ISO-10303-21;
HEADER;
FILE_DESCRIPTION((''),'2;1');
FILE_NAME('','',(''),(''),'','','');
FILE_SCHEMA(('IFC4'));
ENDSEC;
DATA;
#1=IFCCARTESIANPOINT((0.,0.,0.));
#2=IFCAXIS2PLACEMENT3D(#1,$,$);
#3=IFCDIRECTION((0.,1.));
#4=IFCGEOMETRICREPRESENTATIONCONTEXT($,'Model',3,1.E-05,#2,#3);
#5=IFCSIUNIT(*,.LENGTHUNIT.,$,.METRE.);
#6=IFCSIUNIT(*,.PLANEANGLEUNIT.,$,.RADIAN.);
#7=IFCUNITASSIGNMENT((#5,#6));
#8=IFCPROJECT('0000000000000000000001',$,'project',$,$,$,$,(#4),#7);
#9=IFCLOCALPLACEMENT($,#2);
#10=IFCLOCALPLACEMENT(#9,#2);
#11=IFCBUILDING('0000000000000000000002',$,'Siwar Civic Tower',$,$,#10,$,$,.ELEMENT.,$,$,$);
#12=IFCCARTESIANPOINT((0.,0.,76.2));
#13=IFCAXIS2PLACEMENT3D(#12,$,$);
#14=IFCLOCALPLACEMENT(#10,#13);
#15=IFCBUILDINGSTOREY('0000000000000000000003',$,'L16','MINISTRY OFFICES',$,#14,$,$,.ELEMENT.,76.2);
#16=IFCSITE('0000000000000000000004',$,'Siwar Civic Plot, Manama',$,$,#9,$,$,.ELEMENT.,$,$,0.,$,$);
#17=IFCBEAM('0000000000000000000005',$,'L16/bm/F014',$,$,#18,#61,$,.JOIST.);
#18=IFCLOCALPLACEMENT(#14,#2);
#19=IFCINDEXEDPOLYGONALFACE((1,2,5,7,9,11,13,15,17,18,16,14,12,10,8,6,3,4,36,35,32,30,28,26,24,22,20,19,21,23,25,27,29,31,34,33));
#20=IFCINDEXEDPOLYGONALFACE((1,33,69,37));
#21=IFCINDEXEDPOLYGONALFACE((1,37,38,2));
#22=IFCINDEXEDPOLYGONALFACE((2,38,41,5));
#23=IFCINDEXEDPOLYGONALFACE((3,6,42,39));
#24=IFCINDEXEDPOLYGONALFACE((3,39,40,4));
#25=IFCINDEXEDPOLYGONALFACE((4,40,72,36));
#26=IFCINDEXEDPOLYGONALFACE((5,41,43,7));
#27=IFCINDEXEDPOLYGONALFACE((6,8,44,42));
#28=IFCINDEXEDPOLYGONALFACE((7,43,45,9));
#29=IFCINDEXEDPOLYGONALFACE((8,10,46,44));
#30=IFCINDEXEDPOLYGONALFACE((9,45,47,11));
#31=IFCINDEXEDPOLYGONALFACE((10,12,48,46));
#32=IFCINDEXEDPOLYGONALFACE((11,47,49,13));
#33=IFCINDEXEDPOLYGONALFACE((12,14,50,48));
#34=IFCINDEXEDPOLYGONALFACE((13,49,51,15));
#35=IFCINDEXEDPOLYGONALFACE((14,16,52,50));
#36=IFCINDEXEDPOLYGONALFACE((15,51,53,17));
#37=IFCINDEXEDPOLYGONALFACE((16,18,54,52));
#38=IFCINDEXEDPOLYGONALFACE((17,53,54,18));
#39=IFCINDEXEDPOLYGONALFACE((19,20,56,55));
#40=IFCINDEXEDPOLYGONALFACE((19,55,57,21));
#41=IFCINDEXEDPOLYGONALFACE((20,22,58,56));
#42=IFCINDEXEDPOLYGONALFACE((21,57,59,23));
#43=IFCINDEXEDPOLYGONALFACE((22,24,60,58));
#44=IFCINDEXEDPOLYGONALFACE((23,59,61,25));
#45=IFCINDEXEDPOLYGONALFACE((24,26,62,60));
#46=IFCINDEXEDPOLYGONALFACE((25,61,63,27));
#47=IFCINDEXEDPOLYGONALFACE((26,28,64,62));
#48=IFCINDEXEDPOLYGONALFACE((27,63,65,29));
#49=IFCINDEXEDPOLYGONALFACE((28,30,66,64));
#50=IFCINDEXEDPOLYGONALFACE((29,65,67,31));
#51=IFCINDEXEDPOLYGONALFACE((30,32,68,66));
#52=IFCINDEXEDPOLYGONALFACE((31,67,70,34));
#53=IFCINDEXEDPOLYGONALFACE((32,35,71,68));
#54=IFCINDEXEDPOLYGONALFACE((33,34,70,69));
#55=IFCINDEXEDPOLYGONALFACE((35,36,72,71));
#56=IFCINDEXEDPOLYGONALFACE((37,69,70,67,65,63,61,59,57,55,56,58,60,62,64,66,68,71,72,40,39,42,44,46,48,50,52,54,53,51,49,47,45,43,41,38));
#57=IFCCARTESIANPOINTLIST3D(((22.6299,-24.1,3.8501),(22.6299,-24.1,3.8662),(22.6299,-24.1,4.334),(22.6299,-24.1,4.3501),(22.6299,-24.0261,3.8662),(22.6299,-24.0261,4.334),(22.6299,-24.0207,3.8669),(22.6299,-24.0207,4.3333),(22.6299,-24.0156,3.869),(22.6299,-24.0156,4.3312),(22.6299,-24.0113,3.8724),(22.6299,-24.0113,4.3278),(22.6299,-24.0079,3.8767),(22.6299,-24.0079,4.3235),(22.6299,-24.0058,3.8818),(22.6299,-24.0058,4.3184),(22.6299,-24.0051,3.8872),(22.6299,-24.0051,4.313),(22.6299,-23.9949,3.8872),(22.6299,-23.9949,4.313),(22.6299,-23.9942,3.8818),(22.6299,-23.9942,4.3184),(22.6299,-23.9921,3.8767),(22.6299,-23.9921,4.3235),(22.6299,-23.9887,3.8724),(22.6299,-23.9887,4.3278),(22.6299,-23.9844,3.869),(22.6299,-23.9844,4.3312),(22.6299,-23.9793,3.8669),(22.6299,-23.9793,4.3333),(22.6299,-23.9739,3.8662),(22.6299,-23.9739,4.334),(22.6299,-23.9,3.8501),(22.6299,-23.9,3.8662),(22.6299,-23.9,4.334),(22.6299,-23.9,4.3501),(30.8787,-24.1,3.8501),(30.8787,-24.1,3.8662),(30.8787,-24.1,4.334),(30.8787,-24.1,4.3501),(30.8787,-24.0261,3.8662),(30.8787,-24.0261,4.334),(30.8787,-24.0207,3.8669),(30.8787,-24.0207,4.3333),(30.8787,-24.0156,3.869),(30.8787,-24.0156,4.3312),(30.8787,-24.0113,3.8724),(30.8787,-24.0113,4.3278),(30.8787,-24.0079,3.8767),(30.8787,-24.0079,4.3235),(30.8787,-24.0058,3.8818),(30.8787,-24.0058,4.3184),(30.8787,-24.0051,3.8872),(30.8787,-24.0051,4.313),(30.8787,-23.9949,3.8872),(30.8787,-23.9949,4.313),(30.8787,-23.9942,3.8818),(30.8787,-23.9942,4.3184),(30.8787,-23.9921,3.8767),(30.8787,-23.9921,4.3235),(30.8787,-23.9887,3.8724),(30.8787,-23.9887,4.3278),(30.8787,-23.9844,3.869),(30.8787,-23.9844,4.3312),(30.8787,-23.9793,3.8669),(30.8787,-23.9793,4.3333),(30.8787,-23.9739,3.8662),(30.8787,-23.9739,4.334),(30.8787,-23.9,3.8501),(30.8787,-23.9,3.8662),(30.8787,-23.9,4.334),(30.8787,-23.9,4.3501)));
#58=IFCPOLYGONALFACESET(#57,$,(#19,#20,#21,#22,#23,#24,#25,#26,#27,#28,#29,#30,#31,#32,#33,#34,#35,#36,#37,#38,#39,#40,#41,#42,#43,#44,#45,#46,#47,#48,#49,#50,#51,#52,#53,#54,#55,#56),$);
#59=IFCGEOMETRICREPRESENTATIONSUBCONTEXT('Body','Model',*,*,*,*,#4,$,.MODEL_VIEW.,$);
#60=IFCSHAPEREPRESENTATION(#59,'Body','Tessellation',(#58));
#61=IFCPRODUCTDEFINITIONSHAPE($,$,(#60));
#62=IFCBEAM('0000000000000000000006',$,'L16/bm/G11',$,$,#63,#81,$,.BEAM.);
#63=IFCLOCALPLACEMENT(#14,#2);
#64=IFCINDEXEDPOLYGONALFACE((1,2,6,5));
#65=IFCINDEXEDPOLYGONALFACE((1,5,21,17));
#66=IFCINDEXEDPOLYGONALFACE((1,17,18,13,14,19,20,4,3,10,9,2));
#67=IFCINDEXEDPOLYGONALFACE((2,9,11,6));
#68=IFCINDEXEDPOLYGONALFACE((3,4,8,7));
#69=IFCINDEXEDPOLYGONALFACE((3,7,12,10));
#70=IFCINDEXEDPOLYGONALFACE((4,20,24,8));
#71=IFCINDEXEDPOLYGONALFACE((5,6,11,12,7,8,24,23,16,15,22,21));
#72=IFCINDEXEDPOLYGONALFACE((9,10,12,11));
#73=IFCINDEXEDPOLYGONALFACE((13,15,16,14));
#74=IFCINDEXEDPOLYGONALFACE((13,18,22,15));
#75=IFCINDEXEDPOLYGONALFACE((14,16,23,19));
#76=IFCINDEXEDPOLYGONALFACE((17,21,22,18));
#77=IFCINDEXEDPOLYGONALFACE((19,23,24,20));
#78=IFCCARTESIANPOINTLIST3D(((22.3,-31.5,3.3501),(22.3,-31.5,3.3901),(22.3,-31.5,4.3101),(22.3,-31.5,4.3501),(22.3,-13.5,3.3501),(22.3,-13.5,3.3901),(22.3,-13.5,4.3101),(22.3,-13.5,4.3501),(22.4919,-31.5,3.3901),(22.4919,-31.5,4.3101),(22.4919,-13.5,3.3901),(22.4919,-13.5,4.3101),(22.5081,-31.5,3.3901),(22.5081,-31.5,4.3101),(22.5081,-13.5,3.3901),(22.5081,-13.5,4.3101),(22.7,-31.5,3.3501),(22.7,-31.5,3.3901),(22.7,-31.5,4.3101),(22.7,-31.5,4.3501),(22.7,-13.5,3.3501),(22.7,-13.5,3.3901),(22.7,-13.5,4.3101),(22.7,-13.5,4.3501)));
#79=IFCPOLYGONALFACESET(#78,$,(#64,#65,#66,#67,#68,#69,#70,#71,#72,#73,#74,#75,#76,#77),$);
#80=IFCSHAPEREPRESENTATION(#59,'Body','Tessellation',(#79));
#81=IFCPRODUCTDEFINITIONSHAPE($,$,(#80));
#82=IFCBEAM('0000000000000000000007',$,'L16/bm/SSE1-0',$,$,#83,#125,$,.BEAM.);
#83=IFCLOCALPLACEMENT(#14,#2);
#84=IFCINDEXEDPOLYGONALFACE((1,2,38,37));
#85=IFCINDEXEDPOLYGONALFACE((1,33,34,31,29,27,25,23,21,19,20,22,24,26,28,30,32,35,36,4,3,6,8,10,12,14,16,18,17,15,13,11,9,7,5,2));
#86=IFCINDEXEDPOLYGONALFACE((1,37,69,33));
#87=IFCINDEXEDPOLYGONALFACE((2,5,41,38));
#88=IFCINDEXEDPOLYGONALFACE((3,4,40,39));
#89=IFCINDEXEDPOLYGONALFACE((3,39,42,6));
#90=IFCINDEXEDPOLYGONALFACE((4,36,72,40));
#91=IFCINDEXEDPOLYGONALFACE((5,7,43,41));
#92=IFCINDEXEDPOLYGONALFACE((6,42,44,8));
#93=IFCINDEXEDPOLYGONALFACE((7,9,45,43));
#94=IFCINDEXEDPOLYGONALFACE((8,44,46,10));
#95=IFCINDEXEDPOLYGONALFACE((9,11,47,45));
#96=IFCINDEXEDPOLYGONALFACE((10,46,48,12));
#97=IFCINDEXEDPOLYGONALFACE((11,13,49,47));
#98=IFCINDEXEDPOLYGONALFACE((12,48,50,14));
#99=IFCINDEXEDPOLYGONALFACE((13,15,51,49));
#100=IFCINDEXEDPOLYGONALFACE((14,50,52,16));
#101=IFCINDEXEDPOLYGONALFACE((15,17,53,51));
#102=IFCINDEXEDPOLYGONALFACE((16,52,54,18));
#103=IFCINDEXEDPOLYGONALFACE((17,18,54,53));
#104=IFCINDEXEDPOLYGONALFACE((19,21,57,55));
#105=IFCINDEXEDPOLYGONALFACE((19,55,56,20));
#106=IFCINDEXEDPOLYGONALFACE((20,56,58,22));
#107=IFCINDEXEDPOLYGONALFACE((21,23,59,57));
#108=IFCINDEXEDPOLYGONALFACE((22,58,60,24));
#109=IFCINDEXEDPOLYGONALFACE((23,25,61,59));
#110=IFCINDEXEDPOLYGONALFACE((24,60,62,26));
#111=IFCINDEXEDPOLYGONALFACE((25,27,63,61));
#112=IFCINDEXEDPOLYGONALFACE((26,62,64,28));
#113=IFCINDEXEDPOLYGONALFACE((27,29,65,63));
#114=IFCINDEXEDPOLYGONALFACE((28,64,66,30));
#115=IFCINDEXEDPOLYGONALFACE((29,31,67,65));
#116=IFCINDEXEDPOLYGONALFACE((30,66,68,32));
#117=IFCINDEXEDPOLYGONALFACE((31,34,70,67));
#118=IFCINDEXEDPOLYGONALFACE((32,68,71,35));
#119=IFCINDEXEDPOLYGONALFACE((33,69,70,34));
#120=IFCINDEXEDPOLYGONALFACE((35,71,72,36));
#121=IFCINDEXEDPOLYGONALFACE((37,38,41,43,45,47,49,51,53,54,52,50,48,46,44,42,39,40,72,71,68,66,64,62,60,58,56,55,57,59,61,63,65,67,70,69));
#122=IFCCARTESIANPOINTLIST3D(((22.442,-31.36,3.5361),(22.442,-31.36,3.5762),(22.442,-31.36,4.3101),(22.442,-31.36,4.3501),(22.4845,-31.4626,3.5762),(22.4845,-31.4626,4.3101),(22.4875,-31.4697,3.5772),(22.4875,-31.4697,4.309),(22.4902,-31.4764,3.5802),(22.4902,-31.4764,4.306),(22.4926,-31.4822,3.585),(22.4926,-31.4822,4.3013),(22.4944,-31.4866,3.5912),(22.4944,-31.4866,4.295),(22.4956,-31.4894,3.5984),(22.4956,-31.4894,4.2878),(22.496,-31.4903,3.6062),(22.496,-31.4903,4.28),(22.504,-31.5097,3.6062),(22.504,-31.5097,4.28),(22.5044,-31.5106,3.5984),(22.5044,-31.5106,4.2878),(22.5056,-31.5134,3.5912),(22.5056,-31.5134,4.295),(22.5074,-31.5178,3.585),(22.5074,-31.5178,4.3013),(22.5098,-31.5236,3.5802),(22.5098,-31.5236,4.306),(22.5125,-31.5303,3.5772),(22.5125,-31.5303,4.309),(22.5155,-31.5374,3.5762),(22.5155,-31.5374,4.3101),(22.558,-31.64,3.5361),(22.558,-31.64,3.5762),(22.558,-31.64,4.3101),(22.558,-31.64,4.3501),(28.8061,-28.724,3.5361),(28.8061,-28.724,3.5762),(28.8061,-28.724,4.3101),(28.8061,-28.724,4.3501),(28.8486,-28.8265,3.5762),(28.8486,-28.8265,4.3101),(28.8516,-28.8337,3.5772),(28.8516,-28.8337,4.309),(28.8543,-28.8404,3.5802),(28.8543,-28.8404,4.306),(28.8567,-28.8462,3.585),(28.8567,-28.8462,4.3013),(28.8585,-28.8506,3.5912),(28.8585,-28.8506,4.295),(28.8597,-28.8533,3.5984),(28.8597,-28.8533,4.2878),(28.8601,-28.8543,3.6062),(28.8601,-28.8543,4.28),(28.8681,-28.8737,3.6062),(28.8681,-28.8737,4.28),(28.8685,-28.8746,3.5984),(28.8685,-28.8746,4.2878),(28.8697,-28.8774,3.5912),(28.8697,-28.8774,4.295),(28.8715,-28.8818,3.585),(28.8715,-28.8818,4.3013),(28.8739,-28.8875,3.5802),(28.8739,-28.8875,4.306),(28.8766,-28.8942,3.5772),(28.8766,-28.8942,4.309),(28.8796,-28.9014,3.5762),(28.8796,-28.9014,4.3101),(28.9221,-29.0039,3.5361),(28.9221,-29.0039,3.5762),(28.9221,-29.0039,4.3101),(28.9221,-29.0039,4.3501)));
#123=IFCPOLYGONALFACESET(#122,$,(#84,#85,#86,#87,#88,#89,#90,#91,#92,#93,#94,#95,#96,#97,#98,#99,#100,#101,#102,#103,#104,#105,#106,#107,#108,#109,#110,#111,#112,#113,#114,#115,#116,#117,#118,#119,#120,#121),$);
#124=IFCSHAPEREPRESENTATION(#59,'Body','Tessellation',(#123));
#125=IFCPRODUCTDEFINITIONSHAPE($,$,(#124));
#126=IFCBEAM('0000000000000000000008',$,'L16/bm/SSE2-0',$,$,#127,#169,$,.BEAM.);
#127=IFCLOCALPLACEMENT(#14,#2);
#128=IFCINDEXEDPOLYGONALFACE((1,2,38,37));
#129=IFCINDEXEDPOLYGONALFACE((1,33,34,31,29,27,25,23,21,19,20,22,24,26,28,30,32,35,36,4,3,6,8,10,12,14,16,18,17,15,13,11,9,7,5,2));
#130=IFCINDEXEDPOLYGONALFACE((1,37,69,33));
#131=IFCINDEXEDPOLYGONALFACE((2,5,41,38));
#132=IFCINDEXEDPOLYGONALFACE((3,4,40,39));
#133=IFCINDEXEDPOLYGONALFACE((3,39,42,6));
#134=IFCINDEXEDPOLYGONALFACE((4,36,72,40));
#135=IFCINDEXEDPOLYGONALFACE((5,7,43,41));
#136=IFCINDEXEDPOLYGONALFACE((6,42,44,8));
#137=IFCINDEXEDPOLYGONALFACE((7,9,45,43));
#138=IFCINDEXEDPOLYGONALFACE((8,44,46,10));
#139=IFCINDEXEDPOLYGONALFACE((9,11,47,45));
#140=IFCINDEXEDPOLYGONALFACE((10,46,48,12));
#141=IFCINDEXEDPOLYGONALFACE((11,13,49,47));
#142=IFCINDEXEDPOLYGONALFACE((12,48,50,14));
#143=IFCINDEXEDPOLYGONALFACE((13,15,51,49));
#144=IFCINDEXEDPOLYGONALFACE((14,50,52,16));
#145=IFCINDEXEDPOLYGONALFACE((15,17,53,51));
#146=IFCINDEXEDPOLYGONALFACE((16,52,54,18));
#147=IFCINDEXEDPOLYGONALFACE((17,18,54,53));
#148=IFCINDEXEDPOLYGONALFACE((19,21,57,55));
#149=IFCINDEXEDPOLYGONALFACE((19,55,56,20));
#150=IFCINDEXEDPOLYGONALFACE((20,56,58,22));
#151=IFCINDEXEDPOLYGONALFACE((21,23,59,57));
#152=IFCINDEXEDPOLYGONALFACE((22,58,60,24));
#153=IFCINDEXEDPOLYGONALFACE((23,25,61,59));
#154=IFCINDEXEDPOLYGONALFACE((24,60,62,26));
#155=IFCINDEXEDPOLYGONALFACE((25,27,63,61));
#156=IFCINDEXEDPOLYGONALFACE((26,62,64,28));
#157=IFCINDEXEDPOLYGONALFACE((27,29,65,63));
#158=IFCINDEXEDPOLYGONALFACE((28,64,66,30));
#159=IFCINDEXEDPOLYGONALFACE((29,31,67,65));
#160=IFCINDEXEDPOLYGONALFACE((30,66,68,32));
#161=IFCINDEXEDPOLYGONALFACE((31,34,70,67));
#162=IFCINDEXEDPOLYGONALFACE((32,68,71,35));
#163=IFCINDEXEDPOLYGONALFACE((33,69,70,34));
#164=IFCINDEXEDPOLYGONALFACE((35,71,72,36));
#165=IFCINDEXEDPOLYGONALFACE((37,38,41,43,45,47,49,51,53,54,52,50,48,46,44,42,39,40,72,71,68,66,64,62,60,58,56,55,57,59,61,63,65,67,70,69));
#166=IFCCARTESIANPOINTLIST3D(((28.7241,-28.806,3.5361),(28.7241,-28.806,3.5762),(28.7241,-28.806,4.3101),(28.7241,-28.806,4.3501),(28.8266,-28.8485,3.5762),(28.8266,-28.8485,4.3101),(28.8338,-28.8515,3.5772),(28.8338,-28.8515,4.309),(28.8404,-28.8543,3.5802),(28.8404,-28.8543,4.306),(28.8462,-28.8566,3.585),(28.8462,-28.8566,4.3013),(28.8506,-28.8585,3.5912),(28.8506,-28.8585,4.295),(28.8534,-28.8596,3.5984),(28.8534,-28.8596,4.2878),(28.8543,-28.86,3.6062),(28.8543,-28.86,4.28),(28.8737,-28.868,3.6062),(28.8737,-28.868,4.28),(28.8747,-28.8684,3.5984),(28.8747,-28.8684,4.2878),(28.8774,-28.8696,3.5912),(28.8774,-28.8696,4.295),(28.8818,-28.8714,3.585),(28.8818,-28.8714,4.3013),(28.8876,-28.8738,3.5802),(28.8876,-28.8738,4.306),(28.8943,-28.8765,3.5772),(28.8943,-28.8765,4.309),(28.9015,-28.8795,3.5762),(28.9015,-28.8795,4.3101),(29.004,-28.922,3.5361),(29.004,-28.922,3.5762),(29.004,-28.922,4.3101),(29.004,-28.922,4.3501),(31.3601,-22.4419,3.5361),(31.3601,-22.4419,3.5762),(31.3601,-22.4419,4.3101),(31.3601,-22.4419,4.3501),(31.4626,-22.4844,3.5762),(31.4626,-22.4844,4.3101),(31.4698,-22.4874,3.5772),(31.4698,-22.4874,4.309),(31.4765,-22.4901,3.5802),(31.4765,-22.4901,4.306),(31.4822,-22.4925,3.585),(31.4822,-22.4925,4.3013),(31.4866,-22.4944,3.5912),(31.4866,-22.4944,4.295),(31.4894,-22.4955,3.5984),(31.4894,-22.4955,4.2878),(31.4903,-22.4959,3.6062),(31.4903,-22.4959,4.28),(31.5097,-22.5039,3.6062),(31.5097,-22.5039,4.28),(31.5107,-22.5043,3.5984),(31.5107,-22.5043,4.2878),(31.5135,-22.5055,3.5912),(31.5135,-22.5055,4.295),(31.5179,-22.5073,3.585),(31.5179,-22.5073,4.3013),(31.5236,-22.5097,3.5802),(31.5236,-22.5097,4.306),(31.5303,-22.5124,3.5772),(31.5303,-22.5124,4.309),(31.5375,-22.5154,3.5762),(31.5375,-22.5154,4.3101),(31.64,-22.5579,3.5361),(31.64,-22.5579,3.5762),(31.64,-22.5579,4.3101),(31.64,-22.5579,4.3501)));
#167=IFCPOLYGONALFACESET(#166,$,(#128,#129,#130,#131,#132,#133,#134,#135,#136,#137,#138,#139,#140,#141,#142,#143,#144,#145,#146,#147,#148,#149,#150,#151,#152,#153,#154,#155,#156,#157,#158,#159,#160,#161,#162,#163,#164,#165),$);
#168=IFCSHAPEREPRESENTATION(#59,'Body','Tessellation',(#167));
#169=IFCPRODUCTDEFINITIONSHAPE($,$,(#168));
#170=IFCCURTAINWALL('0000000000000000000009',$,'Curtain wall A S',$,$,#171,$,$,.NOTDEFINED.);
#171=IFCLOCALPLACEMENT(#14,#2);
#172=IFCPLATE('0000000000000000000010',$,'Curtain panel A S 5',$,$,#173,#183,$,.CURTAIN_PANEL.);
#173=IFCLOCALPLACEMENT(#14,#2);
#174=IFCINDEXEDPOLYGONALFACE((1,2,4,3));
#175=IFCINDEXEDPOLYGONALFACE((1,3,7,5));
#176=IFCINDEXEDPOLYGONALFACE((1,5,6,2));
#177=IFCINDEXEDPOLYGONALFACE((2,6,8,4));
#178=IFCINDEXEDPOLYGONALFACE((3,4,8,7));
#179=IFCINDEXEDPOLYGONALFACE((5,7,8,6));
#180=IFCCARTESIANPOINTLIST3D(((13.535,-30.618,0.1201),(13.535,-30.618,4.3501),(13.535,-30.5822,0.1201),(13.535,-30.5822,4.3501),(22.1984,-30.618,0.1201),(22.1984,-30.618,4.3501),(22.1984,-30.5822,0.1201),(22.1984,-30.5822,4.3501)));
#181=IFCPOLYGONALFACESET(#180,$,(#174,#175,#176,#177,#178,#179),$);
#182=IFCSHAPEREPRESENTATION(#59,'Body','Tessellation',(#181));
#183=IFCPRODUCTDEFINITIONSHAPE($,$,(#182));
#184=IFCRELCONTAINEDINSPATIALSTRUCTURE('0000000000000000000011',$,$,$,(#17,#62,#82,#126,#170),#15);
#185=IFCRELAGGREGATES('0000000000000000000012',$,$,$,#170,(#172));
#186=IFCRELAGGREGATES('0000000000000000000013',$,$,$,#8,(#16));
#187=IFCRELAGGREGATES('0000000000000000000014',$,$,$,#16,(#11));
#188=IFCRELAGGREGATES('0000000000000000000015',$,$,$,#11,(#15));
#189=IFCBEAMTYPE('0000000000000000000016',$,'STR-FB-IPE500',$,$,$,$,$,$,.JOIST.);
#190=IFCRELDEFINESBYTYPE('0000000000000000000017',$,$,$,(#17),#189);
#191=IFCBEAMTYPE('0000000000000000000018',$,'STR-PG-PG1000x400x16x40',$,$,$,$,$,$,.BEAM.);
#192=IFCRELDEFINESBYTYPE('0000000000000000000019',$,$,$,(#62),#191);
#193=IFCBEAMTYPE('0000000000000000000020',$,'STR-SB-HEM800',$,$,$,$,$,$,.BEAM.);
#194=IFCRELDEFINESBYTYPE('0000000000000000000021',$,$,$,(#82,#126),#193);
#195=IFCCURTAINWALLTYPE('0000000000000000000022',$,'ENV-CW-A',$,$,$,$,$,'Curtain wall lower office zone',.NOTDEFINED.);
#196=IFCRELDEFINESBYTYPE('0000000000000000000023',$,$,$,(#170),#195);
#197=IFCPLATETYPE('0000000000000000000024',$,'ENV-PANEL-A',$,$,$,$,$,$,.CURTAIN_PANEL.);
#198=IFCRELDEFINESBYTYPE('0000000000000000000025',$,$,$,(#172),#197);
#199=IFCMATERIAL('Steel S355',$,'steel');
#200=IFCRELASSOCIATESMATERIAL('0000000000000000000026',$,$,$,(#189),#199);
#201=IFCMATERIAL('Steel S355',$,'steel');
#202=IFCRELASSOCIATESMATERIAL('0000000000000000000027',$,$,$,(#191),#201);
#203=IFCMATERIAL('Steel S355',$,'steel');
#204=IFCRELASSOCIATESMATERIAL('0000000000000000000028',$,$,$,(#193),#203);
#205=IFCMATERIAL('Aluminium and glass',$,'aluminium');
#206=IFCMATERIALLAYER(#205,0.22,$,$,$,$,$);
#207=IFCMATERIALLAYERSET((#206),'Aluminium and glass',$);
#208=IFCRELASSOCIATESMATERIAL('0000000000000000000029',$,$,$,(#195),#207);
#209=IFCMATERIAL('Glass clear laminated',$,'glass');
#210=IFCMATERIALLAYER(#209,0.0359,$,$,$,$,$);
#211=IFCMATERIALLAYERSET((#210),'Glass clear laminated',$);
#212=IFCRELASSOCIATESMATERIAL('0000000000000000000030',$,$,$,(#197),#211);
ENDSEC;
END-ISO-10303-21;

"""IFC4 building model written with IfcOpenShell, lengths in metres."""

from ifc_helpers import new_model, si_unit, direction, frame, origin, origin_2d, place, context, subcontext, project, spatial, rectangle, i_section, extrude, material, layer, layer_set, material_profile, profile_set, type_object, element, aggregate, save


model = new_model("IFC4")

# Units and contexts
model_context = context("Model", 3, precision=1e-05, world=origin(), true_north=direction((0.0, 1.0)))
body_context = subcontext(model_context, "Body", "Model", "MODEL_VIEW")
ifc_project = project(units=[si_unit("LENGTHUNIT", "METRE"), si_unit("PLANEANGLEUNIT", "RADIAN")], contexts=[model_context])

# Site, building, storey
site_placement = place(None, origin())
site = spatial("IfcSite", under=ifc_project, at=site_placement, Name="Siwar Civic Plot, Manama", CompositionType="ELEMENT", RefElevation=0.0)
building_placement = place(site_placement, origin())
building = spatial("IfcBuilding", under=site, at=building_placement, Name="Siwar Civic Tower", CompositionType="ELEMENT")
storey_placement = place(building_placement, frame((0.0, 0.0, 76.2)))
storey = spatial("IfcBuildingStorey", under=building, at=storey_placement, Name="L16", Description="MINISTRY OFFICES", CompositionType="ELEMENT", Elevation=76.2)

# Beams
ifc_material_1 = material(Name="Steel S355", Category="steel")
ifc_material_profile_1 = material_profile(ifc_material_1, i_section(OverallWidth=0.2, OverallDepth=0.5, WebThickness=0.0103, FlangeThickness=0.0161, FilletRadius=0.021, at=origin_2d()), Name="IPE500")
ifc_profile_set_1 = profile_set([ifc_material_profile_1], Name="Steel S355")
beam_type_1 = type_object("IfcBeamType", Name="STR-FB-IPE500", PredefinedType="JOIST", material=ifc_profile_set_1)
beam_1_placement = place(storey_placement, frame((22.6299, -24.0, 4.1001), z_axis=(1.0, 0.0, 0.0), x_axis=(0.0, 1.0, 0.0)))
element("IfcBeam", 1, at=beam_1_placement, inside=storey, type_object=beam_type_1, Name="L16/bm/F014", PredefinedType="JOIST", context=body_context, shape_type="SweptSolid", body=[
    extrude(i_section(OverallWidth=0.2, OverallDepth=0.5, WebThickness=0.0103, FlangeThickness=0.0161, FilletRadius=0.021, at=origin_2d()), origin(), (0.0, 0.0, 1.0), 8.2488),
])
ifc_material_2 = material(Name="Steel S355", Category="steel")
ifc_material_profile_2 = material_profile(ifc_material_2, i_section(OverallWidth=0.3999, OverallDepth=1.0, WebThickness=0.0161, FlangeThickness=0.04, at=origin_2d()), Name="PG1000x400x16x40")
ifc_profile_set_2 = profile_set([ifc_material_profile_2], Name="Steel S355")
beam_type_2 = type_object("IfcBeamType", Name="STR-PG-PG1000x400x16x40", PredefinedType="BEAM", material=ifc_profile_set_2)
beam_2_placement = place(storey_placement, frame((22.5, -31.5, 3.8501), z_axis=(0.0, 1.0, 0.0), x_axis=(-1.0, 0.0, 0.0)))
element("IfcBeam", 2, at=beam_2_placement, inside=storey, type_object=beam_type_2, Name="L16/bm/G11", PredefinedType="BEAM", context=body_context, shape_type="SweptSolid", body=[
    extrude(i_section(OverallWidth=0.3999, OverallDepth=1.0, WebThickness=0.0161, FlangeThickness=0.04, at=origin_2d()), origin(), (0.0, 0.0, 1.0), 18.0),
])
ifc_material_3 = material(Name="Steel S355", Category="steel")
ifc_material_profile_3 = material_profile(ifc_material_3, i_section(OverallWidth=0.303, OverallDepth=0.814, WebThickness=0.021, FlangeThickness=0.04, FilletRadius=0.03, at=origin_2d()), Name="HEM800")
ifc_profile_set_3 = profile_set([ifc_material_profile_3], Name="Steel S355")
beam_type_3 = type_object("IfcBeamType", Name="STR-SB-HEM800", PredefinedType="BEAM", material=ifc_profile_set_3)
for number, where, z_axis, x_axis, name in (
    (3, (22.5, -31.5, 3.9431), (0.923883, 0.382674, 0.0), (-0.382674, 0.923883, 0.0), "L16/bm/SSE1-0"),
    (4, (28.864, -28.864, 3.9431), (0.382674, 0.923883, 0.0), (-0.923883, 0.382674, 0.0), "L16/bm/SSE2-0"),
):
    element("IfcBeam", number, at=place(storey_placement, frame(where, z_axis=z_axis, x_axis=x_axis)), inside=storey, type_object=beam_type_3, Name=name, PredefinedType="BEAM", context=body_context, shape_type="SweptSolid", body=[
        extrude(i_section(OverallWidth=0.303, OverallDepth=0.814, WebThickness=0.021, FlangeThickness=0.04, FilletRadius=0.03, at=origin_2d()), origin(), (0.0, 0.0, 1.0), 6.8884),
    ])

# Curtain wall, plate
ifc_material_4 = material(Name="Aluminium and glass", Category="aluminium")
ifc_layer_1 = layer(ifc_material_4, 0.22)
ifc_layer_set_1 = layer_set([ifc_layer_1], Name="Aluminium and glass")
curtain_wall_type_1 = type_object("IfcCurtainWallType", Name="ENV-CW-A", ElementType="Curtain wall lower office zone", PredefinedType="NOTDEFINED", material=ifc_layer_set_1)
curtain_wall_1_placement = place(storey_placement, origin())
curtain_wall_1 = element("IfcCurtainWall", 5, at=curtain_wall_1_placement, inside=storey, type_object=curtain_wall_type_1, Name="Curtain wall A S", PredefinedType="NOTDEFINED")
ifc_material_5 = material(Name="Glass clear laminated", Category="glass")
ifc_layer_2 = layer(ifc_material_5, 0.0359)
ifc_layer_set_2 = layer_set([ifc_layer_2], Name="Glass clear laminated")
plate_type_1 = type_object("IfcPlateType", Name="ENV-PANEL-A", PredefinedType="CURTAIN_PANEL", material=ifc_layer_set_2)
plate_1_placement = place(storey_placement, frame((17.8667, -30.6001, 0.1201), z_axis=(0.0, 0.0, 1.0), x_axis=(1.0, 0.0, 0.0)))
plate_1 = element("IfcPlate", 6, at=plate_1_placement, type_object=plate_type_1, Name="Curtain panel A S 5", PredefinedType="CURTAIN_PANEL", context=body_context, shape_type="SweptSolid", body=[
    extrude(rectangle(XDim=8.6633, YDim=0.0359, at=origin_2d()), origin(), (0.0, 0.0, 1.0), 4.23),
])
aggregate(curtain_wall_1, [plate_1])

save(model, "model.ifc")
